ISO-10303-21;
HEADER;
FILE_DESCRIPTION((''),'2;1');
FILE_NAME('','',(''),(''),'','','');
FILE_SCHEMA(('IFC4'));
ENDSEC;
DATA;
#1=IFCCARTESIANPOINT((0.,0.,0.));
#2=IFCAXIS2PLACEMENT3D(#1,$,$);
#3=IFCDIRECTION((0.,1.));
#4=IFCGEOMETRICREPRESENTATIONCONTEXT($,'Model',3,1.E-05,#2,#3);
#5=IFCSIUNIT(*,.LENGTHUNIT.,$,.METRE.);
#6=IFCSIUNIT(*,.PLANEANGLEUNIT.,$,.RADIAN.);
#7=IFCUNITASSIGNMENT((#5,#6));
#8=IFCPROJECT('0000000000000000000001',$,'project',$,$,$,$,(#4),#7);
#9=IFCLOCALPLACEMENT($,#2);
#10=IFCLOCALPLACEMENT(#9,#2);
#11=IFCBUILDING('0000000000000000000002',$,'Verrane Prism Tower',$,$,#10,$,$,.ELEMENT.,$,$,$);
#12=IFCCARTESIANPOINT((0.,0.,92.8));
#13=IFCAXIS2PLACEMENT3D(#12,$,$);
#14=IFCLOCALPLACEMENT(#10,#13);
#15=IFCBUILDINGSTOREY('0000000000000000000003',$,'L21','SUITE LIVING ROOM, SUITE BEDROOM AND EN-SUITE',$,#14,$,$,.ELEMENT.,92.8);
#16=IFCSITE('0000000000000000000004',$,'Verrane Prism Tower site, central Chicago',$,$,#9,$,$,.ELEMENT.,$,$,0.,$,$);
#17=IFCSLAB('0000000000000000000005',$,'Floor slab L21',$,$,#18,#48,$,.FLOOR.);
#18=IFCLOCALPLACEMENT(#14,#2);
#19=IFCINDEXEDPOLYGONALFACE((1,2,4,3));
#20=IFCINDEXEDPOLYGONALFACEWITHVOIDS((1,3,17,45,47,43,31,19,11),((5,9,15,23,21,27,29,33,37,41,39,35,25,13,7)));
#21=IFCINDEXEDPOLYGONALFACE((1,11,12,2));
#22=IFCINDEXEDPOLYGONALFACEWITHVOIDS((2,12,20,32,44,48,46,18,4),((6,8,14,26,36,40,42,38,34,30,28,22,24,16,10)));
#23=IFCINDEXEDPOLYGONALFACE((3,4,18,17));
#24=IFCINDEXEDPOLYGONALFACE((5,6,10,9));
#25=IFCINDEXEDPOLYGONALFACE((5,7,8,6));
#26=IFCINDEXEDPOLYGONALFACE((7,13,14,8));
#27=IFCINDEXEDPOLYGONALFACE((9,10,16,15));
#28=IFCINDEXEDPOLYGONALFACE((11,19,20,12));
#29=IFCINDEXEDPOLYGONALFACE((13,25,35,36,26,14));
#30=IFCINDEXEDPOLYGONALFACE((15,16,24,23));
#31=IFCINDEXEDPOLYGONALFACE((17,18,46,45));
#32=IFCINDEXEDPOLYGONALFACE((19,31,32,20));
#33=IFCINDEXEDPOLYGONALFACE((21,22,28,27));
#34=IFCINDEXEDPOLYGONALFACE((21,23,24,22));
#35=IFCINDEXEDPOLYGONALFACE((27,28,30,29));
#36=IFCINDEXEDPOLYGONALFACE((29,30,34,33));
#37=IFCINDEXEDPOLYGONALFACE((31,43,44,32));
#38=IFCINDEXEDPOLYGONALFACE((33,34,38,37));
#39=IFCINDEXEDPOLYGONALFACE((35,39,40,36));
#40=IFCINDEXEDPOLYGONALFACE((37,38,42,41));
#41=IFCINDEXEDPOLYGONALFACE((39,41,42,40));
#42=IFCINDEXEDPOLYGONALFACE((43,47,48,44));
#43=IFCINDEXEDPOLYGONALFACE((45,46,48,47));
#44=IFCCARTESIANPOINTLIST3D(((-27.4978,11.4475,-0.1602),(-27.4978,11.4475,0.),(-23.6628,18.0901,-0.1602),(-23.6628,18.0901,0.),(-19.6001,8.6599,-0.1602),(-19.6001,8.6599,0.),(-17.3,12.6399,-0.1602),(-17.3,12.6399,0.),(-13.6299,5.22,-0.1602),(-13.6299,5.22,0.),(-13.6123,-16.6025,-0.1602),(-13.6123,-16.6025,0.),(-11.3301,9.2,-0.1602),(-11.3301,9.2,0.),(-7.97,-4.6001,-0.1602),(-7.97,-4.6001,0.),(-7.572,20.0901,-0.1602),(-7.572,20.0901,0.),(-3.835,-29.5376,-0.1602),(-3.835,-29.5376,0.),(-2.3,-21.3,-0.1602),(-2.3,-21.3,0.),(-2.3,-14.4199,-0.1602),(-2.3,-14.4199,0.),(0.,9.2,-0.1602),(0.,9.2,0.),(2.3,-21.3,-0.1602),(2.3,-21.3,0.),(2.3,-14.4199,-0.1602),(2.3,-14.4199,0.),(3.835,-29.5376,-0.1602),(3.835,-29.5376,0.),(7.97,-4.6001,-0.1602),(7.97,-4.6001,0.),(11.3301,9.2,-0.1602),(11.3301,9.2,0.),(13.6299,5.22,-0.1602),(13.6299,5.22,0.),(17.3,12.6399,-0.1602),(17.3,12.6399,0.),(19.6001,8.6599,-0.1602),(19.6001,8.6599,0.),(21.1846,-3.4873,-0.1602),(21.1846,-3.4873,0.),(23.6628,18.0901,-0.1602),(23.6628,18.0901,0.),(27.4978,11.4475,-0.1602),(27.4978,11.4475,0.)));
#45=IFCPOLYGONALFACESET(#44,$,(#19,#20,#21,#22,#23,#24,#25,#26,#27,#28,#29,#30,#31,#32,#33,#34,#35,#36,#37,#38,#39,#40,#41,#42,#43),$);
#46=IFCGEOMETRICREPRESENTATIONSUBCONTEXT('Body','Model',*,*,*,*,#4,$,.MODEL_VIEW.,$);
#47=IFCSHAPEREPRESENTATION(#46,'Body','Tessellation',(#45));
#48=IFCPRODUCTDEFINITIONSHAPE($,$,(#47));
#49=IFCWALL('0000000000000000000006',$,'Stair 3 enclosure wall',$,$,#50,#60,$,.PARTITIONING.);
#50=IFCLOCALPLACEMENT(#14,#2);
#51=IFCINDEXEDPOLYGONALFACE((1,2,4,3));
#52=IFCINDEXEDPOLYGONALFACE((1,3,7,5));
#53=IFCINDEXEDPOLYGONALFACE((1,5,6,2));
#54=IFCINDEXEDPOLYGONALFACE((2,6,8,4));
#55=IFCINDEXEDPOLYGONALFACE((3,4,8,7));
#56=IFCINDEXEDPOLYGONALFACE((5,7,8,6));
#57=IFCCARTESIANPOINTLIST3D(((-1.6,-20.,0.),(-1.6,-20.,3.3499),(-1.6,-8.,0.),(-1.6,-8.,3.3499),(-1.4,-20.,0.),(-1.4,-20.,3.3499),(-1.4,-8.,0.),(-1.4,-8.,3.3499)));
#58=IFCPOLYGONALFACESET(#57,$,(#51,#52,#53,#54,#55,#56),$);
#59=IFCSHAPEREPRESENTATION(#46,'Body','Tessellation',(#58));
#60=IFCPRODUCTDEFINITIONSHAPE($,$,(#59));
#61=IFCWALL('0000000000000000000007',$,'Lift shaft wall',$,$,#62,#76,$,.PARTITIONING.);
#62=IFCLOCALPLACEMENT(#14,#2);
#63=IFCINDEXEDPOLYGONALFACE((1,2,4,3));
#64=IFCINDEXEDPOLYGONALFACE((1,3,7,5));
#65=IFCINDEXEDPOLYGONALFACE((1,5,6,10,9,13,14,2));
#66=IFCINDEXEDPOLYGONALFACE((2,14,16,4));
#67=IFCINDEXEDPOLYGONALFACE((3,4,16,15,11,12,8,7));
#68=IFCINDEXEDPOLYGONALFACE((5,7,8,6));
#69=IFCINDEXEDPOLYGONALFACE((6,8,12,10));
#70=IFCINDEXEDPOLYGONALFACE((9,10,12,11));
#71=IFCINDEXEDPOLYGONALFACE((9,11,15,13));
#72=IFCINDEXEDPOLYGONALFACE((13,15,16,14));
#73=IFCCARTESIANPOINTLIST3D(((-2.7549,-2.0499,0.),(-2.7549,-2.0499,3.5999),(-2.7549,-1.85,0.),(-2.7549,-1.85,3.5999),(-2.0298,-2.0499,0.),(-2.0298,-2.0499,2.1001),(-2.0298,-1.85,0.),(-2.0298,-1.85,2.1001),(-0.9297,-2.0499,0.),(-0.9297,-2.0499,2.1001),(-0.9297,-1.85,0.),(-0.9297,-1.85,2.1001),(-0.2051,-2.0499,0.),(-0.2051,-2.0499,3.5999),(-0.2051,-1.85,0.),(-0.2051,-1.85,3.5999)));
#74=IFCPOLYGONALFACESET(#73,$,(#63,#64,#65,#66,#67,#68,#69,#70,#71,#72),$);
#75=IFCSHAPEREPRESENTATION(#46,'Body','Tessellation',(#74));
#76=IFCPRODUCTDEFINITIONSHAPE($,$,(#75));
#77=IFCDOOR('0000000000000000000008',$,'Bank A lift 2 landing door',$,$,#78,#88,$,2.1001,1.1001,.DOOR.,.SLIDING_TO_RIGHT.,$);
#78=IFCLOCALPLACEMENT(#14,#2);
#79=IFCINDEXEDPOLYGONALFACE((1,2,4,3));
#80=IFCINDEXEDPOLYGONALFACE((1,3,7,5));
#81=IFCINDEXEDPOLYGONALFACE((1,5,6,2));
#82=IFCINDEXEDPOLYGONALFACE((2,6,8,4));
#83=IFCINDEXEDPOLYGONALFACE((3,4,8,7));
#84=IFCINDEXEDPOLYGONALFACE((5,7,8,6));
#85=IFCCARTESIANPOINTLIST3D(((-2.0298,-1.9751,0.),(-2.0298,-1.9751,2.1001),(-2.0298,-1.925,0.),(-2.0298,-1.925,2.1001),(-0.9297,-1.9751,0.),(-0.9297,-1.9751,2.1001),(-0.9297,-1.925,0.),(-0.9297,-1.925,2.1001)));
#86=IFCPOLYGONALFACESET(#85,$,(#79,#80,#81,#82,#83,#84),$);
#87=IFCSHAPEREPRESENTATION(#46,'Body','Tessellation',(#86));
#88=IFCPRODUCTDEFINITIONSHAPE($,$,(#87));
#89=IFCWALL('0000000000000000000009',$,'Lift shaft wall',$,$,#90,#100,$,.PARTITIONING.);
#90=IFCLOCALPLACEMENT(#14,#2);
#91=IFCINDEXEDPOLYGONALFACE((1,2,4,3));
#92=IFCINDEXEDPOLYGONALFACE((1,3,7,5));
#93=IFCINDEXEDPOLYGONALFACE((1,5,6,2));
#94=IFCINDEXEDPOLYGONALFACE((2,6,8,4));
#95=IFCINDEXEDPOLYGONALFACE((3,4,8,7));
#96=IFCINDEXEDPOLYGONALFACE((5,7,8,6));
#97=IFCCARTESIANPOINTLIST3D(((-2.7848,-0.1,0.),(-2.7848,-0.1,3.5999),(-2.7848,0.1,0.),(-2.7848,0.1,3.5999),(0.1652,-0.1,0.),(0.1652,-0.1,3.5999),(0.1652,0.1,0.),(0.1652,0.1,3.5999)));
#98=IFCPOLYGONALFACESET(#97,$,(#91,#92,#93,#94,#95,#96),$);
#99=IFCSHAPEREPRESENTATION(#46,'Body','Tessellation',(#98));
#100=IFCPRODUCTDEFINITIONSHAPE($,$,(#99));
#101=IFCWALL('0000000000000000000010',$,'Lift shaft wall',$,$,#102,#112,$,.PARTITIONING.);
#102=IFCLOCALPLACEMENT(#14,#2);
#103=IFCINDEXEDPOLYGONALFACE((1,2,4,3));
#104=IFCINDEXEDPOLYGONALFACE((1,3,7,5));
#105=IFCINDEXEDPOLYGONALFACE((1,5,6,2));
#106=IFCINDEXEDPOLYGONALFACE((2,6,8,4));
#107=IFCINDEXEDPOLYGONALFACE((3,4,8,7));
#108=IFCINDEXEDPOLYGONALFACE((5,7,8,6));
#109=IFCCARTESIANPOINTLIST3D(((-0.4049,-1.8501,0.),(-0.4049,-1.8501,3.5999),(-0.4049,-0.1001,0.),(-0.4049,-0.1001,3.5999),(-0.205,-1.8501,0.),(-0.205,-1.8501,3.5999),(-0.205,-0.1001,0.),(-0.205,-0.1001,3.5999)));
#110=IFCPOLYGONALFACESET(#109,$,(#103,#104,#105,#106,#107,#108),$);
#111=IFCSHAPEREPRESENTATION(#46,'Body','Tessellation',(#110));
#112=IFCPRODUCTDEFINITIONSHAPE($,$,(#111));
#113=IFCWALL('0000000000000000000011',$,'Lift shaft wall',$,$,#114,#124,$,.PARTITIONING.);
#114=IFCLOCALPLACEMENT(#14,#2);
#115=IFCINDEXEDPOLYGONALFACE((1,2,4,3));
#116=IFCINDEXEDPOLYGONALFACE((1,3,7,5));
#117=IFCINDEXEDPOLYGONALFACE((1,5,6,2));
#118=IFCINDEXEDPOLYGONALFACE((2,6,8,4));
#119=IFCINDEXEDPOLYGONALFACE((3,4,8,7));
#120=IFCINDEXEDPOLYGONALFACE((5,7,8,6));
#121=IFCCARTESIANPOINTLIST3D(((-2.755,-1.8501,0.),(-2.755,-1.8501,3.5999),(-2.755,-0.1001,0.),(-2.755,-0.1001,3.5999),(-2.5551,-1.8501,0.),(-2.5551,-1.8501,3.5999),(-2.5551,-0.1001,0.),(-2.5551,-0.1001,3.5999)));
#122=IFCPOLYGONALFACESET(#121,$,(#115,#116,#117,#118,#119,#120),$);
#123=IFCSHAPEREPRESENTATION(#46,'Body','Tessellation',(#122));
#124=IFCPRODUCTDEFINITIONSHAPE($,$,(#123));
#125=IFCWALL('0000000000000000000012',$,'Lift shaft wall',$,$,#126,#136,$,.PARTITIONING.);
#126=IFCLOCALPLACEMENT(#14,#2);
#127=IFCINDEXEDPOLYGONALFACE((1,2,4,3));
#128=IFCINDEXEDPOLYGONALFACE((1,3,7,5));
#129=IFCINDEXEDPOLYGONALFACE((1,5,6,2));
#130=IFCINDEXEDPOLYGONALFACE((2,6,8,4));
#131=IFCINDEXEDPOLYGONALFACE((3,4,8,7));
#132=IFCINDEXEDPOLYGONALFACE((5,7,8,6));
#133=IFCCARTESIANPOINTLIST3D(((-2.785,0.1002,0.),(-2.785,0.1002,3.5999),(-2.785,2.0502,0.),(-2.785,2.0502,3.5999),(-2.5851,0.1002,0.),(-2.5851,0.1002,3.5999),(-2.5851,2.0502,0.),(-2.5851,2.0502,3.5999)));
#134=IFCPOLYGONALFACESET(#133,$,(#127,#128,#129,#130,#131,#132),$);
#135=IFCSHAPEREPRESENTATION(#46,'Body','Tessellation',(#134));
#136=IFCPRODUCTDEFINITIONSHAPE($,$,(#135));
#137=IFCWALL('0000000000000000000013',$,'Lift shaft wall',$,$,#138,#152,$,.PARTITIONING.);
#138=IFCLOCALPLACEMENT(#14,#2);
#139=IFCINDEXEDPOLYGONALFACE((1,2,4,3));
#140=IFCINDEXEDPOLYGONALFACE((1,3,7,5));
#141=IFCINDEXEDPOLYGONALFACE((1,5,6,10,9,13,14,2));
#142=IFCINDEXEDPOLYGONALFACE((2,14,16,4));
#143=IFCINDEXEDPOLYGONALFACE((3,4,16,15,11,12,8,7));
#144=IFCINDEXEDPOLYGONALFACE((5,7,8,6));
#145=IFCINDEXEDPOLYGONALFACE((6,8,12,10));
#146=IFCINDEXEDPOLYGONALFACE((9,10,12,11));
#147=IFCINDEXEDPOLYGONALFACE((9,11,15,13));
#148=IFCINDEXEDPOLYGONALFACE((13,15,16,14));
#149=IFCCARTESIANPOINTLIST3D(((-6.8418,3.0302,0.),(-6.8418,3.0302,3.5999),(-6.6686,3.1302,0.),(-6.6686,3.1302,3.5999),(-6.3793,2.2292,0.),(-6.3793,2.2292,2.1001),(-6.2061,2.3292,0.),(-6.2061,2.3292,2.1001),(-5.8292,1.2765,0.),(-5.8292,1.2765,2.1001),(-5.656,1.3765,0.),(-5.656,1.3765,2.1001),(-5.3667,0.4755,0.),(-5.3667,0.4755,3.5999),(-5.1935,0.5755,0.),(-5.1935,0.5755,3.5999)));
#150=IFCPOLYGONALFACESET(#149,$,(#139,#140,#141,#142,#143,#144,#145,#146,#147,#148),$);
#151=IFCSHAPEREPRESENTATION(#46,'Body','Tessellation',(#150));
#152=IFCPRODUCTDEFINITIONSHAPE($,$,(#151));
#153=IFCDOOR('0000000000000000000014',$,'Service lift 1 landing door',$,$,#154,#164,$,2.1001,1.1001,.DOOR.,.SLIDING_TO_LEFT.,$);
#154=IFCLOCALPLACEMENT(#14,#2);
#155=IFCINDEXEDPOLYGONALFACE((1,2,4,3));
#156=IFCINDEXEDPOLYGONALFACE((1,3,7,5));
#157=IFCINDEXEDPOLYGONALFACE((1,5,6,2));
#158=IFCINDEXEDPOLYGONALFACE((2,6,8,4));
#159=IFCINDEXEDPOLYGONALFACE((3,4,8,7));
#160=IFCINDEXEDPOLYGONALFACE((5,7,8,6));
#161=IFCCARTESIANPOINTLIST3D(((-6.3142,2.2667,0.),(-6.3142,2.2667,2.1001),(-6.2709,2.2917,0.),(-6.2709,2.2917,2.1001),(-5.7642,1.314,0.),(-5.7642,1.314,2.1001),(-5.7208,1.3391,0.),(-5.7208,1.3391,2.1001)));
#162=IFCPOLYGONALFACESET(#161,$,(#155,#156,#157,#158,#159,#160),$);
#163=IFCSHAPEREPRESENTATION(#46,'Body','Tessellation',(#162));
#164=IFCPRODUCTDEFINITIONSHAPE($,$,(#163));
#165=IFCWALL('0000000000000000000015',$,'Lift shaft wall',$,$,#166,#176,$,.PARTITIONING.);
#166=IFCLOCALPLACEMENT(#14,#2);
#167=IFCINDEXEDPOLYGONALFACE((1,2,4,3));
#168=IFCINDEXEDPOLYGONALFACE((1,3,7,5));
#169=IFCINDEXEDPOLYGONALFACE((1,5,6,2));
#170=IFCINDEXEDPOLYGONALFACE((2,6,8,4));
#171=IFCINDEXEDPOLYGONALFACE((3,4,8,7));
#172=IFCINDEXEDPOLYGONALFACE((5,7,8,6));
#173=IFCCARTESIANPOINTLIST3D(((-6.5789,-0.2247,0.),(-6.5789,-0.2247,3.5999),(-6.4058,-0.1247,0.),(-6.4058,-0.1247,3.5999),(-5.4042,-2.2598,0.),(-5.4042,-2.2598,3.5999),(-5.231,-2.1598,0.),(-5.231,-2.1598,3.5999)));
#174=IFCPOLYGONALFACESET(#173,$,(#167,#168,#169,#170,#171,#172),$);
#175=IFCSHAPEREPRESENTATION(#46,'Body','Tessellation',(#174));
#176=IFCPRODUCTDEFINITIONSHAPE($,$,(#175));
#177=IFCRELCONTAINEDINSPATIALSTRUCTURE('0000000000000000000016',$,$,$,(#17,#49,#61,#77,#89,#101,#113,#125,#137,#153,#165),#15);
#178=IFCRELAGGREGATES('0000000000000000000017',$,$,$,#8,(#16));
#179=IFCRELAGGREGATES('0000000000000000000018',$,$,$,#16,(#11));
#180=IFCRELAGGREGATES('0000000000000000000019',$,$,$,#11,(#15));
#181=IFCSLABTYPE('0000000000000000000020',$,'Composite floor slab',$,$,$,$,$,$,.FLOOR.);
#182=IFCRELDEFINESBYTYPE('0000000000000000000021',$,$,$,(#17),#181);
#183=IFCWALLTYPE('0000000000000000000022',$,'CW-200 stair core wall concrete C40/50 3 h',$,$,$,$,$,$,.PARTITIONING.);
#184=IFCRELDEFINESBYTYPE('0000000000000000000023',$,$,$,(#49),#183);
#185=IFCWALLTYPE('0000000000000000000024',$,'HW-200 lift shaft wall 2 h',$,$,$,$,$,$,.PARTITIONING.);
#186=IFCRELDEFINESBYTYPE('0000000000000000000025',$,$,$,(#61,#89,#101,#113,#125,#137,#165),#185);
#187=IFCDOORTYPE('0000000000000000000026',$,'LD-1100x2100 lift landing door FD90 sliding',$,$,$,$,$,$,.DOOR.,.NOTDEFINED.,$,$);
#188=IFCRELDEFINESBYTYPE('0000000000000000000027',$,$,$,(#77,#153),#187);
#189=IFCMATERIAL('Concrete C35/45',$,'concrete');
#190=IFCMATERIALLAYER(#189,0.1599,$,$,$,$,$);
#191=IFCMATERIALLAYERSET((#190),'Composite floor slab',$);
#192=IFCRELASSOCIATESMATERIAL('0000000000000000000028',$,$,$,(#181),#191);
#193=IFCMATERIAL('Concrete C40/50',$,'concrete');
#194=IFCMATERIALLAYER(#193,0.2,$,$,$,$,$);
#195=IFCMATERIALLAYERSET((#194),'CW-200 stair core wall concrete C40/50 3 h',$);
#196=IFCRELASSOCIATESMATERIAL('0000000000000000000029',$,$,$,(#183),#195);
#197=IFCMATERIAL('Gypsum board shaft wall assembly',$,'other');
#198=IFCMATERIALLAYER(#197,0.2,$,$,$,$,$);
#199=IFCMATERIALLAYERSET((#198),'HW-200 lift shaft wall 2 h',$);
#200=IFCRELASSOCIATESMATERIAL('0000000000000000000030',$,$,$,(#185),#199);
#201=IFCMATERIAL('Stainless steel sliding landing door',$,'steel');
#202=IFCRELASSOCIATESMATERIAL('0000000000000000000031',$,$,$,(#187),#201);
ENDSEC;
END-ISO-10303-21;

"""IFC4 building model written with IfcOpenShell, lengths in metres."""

from ifc_helpers import new_model, si_unit, direction, frame, frame_2d, origin, place, context, subcontext, project, spatial, polyline, rectangle, outline, extrude, material, layer, layer_set, type_object, element, fill, save


model = new_model("IFC4")

# Units and contexts
model_context = context("Model", 3, precision=1e-05, world=origin(), true_north=direction((0.0, 1.0)))
body_context = subcontext(model_context, "Body", "Model", "MODEL_VIEW")
ifc_project = project(units=[si_unit("LENGTHUNIT", "METRE"), si_unit("PLANEANGLEUNIT", "RADIAN")], contexts=[model_context])

# Site, building, storey
site_placement = place(None, origin())
site = spatial("IfcSite", under=ifc_project, at=site_placement, Name="Verrane Prism Tower site, central Chicago", CompositionType="ELEMENT", RefElevation=0.0)
building_placement = place(site_placement, origin())
building = spatial("IfcBuilding", under=site, at=building_placement, Name="Verrane Prism Tower", CompositionType="ELEMENT")
storey_placement = place(building_placement, frame((0.0, 0.0, 92.8)))
storey = spatial("IfcBuildingStorey", under=building, at=storey_placement, Name="L21", Description="SUITE LIVING ROOM, SUITE BEDROOM AND EN-SUITE", CompositionType="ELEMENT", Elevation=92.8)

# Slab
ifc_material_1 = material(Name="Concrete C35/45", Category="concrete")
ifc_layer_1 = layer(ifc_material_1, 0.1599)
ifc_layer_set_1 = layer_set([ifc_layer_1], Name="Composite floor slab")
slab_type = type_object("IfcSlabType", Name="Composite floor slab", PredefinedType="FLOOR", material=ifc_layer_set_1)
slab_placement = place(storey_placement, frame((0.0, 0.0, -0.1602)))
element("IfcSlab", 1, at=slab_placement, inside=storey, type_object=slab_type, Name="Floor slab L21", PredefinedType="FLOOR", context=body_context, shape_type="SweptSolid", body=[
    extrude(outline(polyline([(21.1846, -3.4873), (3.835, -29.5376), (-3.835, -29.5376), (-13.6123, -16.6025), (-27.4978, 11.4475), (-23.6628, 18.0901), (-7.572, 20.0901), (23.6628, 18.0901), (27.4978, 11.4475), (21.1846, -3.4873)]), holes=[polyline([(19.6001, 8.6599), (17.3, 12.6399), (11.3301, 9.2), (0.0, 9.2), (-11.3301, 9.2), (-17.3, 12.6399), (-19.6001, 8.6599), (-13.6299, 5.22), (-7.97, -4.6001), (-2.3, -14.4199), (-2.3, -21.3), (2.3, -21.3), (2.3, -14.4199), (7.97, -4.6001), (13.6299, 5.22), (19.6001, 8.6599)])]), origin(), (0.0, 0.0, 1.0), 0.1602),
])

# Wall
ifc_material_2 = material(Name="Concrete C40/50", Category="concrete")
ifc_layer_2 = layer(ifc_material_2, 0.2)
ifc_layer_set_2 = layer_set([ifc_layer_2], Name="CW-200 stair core wall concrete C40/50 3 h")
wall_type_1 = type_object("IfcWallType", Name="CW-200 stair core wall concrete C40/50 3 h", PredefinedType="PARTITIONING", material=ifc_layer_set_2)
wall_1_placement = place(storey_placement, frame((-1.5, -8.0, 0.0), z_axis=(0.0, 0.0, 1.0), x_axis=(0.0, -1.0, 0.0)))
element("IfcWall", 2, at=wall_1_placement, inside=storey, type_object=wall_type_1, Name="Stair 3 enclosure wall", PredefinedType="PARTITIONING", context=body_context, shape_type="SweptSolid", body=[
    extrude(rectangle(XDim=12.0, YDim=0.2, at=frame_2d((6.0, 0.0))), origin(), (0.0, 0.0, 1.0), 3.3499),
])

# Wall, opening, door
ifc_material_3 = material(Name="Gypsum board shaft wall assembly", Category="other")
ifc_layer_3 = layer(ifc_material_3, 0.2)
ifc_layer_set_3 = layer_set([ifc_layer_3], Name="HW-200 lift shaft wall 2 h")
wall_type_2 = type_object("IfcWallType", Name="HW-200 lift shaft wall 2 h", PredefinedType="PARTITIONING", material=ifc_layer_set_3)
wall_2_placement = place(storey_placement, frame((-2.7549, -1.95, 0.0), z_axis=(0.0, 0.0, 1.0), x_axis=(1.0, 0.0, 0.0)))
wall_2 = element("IfcWall", 3, at=wall_2_placement, inside=storey, type_object=wall_type_2, Name="Lift shaft wall", PredefinedType="PARTITIONING", context=body_context, shape_type="SweptSolid", body=[
    extrude(rectangle(XDim=2.5498, YDim=0.2, at=frame_2d((1.2749, 0.0))), origin(), (0.0, 0.0, 1.0), 3.5999),
])
opening_1_placement = place(wall_2_placement, frame((0.7251, 0.0, 0.0)))
opening_1 = element("IfcOpeningElement", 4, at=opening_1_placement, cuts=wall_2, PredefinedType="OPENING", context=body_context, shape_type="SweptSolid", body=[
    extrude(rectangle(XDim=1.1001, YDim=2.1001, at=frame_2d((0.55, 1.05))), frame((0.0, 0.1099, 0.0), z_axis=(0.0, -1.0, 0.0), x_axis=(1.0, 0.0, 0.0)), (0.0, 0.0, 1.0), 0.22),
])
ifc_material_4 = material(Name="Stainless steel sliding landing door", Category="steel")
door_type_1 = type_object("IfcDoorType", Name="LD-1100x2100 lift landing door FD90 sliding", OperationType="NOTDEFINED", PredefinedType="DOOR", material=ifc_material_4)
door_1_placement = place(opening_1_placement, origin())
door_1 = element("IfcDoor", 5, at=door_1_placement, inside=storey, type_object=door_type_1, Name="Bank A lift 2 landing door", OperationType="SLIDING_TO_RIGHT", OverallHeight=2.1001, OverallWidth=1.1001, PredefinedType="DOOR", context=body_context, shape_type="SweptSolid", body=[
    extrude(rectangle(XDim=1.1001, YDim=2.1001, at=frame_2d((0.55, 1.05))), frame((0.0, 0.0249, 0.0), z_axis=(0.0, -1.0, 0.0), x_axis=(1.0, 0.0, 0.0)), (0.0, 0.0, 1.0), 0.05),
])
fill(opening_1, door_1)

# Walls
wall_3_placement = place(storey_placement, frame((-2.7849, 0.0, 0.0), z_axis=(0.0, 0.0, 1.0), x_axis=(1.0, 0.0, 0.0)))
element("IfcWall", 6, at=wall_3_placement, inside=storey, type_object=wall_type_2, Name="Lift shaft wall", PredefinedType="PARTITIONING", context=body_context, shape_type="SweptSolid", body=[
    extrude(rectangle(XDim=2.95, YDim=0.2, at=frame_2d((1.4751, 0.0))), origin(), (0.0, 0.0, 1.0), 3.5999),
])
for number, where, z_axis, x_axis, name in (
    (7, (-0.3049, -1.8501, 0.0), (0.0, 0.0, 1.0), (0.0, 1.0, 0.0), "Lift shaft wall"),
    (8, (-2.655, -1.8501, 0.0), (0.0, 0.0, 1.0), (0.0, 1.0, 0.0), "Lift shaft wall"),
):
    element("IfcWall", number, at=place(storey_placement, frame(where, z_axis=z_axis, x_axis=x_axis)), inside=storey, type_object=wall_type_2, Name=name, PredefinedType="PARTITIONING", context=body_context, shape_type="SweptSolid", body=[
        extrude(rectangle(XDim=1.75, YDim=0.2, at=frame_2d((0.875, 0.0))), origin(), (0.0, 0.0, 1.0), 3.5999),
    ])
wall_4_placement = place(storey_placement, frame((-2.6851, 0.1001, 0.0), z_axis=(0.0, 0.0, 1.0), x_axis=(0.0, 1.0, 0.0)))
element("IfcWall", 9, at=wall_4_placement, inside=storey, type_object=wall_type_2, Name="Lift shaft wall", PredefinedType="PARTITIONING", context=body_context, shape_type="SweptSolid", body=[
    extrude(rectangle(XDim=1.95, YDim=0.2, at=frame_2d((0.9751, 0.0))), origin(), (0.0, 0.0, 1.0), 3.5999),
])

# Wall, opening, door
wall_5_placement = place(storey_placement, frame((-5.28, 0.5254, 0.0), z_axis=(0.0, 0.0, 1.0), x_axis=(-0.500038, 0.866004, 0.0)))
wall_5 = element("IfcWall", 10, at=wall_5_placement, inside=storey, type_object=wall_type_2, Name="Lift shaft wall", PredefinedType="PARTITIONING", context=body_context, shape_type="SweptSolid", body=[
    extrude(rectangle(XDim=2.95, YDim=0.2, at=frame_2d((1.4751, 0.0))), origin(), (0.0, 0.0, 1.0), 3.5999),
])
opening_2_placement = place(wall_5_placement, frame((0.925, 0.0, 0.0)))
opening_2 = element("IfcOpeningElement", 11, at=opening_2_placement, cuts=wall_5, PredefinedType="OPENING", context=body_context, shape_type="SweptSolid", body=[
    extrude(rectangle(XDim=1.1001, YDim=2.1001, at=frame_2d((0.55, 1.05))), frame((0.0, 0.1099, 0.0), z_axis=(0.0, -1.0, 0.0), x_axis=(1.0, 0.0, 0.0)), (0.0, 0.0, 1.0), 0.22),
])
door_2_placement = place(opening_2_placement, origin())
door_2 = element("IfcDoor", 12, at=door_2_placement, inside=storey, type_object=door_type_1, Name="Service lift 1 landing door", OperationType="SLIDING_TO_LEFT", OverallHeight=2.1001, OverallWidth=1.1001, PredefinedType="DOOR", context=body_context, shape_type="SweptSolid", body=[
    extrude(rectangle(XDim=1.1001, YDim=2.1001, at=frame_2d((0.55, 1.05))), frame((0.0, 0.0249, 0.0), z_axis=(0.0, -1.0, 0.0), x_axis=(1.0, 0.0, 0.0)), (0.0, 0.0, 1.0), 0.05),
])
fill(opening_2, door_2)

# Wall
wall_6_placement = place(storey_placement, frame((-5.3176, -2.2097, 0.0), z_axis=(0.0, 0.0, 1.0), x_axis=(-0.499938, 0.866061, 0.0)))
element("IfcWall", 13, at=wall_6_placement, inside=storey, type_object=wall_type_2, Name="Lift shaft wall", PredefinedType="PARTITIONING", context=body_context, shape_type="SweptSolid", body=[
    extrude(rectangle(XDim=2.3499, YDim=0.2, at=frame_2d((1.1748, 0.0))), origin(), (0.0, 0.0, 1.0), 3.5999),
])

save(model, "model.ifc")
